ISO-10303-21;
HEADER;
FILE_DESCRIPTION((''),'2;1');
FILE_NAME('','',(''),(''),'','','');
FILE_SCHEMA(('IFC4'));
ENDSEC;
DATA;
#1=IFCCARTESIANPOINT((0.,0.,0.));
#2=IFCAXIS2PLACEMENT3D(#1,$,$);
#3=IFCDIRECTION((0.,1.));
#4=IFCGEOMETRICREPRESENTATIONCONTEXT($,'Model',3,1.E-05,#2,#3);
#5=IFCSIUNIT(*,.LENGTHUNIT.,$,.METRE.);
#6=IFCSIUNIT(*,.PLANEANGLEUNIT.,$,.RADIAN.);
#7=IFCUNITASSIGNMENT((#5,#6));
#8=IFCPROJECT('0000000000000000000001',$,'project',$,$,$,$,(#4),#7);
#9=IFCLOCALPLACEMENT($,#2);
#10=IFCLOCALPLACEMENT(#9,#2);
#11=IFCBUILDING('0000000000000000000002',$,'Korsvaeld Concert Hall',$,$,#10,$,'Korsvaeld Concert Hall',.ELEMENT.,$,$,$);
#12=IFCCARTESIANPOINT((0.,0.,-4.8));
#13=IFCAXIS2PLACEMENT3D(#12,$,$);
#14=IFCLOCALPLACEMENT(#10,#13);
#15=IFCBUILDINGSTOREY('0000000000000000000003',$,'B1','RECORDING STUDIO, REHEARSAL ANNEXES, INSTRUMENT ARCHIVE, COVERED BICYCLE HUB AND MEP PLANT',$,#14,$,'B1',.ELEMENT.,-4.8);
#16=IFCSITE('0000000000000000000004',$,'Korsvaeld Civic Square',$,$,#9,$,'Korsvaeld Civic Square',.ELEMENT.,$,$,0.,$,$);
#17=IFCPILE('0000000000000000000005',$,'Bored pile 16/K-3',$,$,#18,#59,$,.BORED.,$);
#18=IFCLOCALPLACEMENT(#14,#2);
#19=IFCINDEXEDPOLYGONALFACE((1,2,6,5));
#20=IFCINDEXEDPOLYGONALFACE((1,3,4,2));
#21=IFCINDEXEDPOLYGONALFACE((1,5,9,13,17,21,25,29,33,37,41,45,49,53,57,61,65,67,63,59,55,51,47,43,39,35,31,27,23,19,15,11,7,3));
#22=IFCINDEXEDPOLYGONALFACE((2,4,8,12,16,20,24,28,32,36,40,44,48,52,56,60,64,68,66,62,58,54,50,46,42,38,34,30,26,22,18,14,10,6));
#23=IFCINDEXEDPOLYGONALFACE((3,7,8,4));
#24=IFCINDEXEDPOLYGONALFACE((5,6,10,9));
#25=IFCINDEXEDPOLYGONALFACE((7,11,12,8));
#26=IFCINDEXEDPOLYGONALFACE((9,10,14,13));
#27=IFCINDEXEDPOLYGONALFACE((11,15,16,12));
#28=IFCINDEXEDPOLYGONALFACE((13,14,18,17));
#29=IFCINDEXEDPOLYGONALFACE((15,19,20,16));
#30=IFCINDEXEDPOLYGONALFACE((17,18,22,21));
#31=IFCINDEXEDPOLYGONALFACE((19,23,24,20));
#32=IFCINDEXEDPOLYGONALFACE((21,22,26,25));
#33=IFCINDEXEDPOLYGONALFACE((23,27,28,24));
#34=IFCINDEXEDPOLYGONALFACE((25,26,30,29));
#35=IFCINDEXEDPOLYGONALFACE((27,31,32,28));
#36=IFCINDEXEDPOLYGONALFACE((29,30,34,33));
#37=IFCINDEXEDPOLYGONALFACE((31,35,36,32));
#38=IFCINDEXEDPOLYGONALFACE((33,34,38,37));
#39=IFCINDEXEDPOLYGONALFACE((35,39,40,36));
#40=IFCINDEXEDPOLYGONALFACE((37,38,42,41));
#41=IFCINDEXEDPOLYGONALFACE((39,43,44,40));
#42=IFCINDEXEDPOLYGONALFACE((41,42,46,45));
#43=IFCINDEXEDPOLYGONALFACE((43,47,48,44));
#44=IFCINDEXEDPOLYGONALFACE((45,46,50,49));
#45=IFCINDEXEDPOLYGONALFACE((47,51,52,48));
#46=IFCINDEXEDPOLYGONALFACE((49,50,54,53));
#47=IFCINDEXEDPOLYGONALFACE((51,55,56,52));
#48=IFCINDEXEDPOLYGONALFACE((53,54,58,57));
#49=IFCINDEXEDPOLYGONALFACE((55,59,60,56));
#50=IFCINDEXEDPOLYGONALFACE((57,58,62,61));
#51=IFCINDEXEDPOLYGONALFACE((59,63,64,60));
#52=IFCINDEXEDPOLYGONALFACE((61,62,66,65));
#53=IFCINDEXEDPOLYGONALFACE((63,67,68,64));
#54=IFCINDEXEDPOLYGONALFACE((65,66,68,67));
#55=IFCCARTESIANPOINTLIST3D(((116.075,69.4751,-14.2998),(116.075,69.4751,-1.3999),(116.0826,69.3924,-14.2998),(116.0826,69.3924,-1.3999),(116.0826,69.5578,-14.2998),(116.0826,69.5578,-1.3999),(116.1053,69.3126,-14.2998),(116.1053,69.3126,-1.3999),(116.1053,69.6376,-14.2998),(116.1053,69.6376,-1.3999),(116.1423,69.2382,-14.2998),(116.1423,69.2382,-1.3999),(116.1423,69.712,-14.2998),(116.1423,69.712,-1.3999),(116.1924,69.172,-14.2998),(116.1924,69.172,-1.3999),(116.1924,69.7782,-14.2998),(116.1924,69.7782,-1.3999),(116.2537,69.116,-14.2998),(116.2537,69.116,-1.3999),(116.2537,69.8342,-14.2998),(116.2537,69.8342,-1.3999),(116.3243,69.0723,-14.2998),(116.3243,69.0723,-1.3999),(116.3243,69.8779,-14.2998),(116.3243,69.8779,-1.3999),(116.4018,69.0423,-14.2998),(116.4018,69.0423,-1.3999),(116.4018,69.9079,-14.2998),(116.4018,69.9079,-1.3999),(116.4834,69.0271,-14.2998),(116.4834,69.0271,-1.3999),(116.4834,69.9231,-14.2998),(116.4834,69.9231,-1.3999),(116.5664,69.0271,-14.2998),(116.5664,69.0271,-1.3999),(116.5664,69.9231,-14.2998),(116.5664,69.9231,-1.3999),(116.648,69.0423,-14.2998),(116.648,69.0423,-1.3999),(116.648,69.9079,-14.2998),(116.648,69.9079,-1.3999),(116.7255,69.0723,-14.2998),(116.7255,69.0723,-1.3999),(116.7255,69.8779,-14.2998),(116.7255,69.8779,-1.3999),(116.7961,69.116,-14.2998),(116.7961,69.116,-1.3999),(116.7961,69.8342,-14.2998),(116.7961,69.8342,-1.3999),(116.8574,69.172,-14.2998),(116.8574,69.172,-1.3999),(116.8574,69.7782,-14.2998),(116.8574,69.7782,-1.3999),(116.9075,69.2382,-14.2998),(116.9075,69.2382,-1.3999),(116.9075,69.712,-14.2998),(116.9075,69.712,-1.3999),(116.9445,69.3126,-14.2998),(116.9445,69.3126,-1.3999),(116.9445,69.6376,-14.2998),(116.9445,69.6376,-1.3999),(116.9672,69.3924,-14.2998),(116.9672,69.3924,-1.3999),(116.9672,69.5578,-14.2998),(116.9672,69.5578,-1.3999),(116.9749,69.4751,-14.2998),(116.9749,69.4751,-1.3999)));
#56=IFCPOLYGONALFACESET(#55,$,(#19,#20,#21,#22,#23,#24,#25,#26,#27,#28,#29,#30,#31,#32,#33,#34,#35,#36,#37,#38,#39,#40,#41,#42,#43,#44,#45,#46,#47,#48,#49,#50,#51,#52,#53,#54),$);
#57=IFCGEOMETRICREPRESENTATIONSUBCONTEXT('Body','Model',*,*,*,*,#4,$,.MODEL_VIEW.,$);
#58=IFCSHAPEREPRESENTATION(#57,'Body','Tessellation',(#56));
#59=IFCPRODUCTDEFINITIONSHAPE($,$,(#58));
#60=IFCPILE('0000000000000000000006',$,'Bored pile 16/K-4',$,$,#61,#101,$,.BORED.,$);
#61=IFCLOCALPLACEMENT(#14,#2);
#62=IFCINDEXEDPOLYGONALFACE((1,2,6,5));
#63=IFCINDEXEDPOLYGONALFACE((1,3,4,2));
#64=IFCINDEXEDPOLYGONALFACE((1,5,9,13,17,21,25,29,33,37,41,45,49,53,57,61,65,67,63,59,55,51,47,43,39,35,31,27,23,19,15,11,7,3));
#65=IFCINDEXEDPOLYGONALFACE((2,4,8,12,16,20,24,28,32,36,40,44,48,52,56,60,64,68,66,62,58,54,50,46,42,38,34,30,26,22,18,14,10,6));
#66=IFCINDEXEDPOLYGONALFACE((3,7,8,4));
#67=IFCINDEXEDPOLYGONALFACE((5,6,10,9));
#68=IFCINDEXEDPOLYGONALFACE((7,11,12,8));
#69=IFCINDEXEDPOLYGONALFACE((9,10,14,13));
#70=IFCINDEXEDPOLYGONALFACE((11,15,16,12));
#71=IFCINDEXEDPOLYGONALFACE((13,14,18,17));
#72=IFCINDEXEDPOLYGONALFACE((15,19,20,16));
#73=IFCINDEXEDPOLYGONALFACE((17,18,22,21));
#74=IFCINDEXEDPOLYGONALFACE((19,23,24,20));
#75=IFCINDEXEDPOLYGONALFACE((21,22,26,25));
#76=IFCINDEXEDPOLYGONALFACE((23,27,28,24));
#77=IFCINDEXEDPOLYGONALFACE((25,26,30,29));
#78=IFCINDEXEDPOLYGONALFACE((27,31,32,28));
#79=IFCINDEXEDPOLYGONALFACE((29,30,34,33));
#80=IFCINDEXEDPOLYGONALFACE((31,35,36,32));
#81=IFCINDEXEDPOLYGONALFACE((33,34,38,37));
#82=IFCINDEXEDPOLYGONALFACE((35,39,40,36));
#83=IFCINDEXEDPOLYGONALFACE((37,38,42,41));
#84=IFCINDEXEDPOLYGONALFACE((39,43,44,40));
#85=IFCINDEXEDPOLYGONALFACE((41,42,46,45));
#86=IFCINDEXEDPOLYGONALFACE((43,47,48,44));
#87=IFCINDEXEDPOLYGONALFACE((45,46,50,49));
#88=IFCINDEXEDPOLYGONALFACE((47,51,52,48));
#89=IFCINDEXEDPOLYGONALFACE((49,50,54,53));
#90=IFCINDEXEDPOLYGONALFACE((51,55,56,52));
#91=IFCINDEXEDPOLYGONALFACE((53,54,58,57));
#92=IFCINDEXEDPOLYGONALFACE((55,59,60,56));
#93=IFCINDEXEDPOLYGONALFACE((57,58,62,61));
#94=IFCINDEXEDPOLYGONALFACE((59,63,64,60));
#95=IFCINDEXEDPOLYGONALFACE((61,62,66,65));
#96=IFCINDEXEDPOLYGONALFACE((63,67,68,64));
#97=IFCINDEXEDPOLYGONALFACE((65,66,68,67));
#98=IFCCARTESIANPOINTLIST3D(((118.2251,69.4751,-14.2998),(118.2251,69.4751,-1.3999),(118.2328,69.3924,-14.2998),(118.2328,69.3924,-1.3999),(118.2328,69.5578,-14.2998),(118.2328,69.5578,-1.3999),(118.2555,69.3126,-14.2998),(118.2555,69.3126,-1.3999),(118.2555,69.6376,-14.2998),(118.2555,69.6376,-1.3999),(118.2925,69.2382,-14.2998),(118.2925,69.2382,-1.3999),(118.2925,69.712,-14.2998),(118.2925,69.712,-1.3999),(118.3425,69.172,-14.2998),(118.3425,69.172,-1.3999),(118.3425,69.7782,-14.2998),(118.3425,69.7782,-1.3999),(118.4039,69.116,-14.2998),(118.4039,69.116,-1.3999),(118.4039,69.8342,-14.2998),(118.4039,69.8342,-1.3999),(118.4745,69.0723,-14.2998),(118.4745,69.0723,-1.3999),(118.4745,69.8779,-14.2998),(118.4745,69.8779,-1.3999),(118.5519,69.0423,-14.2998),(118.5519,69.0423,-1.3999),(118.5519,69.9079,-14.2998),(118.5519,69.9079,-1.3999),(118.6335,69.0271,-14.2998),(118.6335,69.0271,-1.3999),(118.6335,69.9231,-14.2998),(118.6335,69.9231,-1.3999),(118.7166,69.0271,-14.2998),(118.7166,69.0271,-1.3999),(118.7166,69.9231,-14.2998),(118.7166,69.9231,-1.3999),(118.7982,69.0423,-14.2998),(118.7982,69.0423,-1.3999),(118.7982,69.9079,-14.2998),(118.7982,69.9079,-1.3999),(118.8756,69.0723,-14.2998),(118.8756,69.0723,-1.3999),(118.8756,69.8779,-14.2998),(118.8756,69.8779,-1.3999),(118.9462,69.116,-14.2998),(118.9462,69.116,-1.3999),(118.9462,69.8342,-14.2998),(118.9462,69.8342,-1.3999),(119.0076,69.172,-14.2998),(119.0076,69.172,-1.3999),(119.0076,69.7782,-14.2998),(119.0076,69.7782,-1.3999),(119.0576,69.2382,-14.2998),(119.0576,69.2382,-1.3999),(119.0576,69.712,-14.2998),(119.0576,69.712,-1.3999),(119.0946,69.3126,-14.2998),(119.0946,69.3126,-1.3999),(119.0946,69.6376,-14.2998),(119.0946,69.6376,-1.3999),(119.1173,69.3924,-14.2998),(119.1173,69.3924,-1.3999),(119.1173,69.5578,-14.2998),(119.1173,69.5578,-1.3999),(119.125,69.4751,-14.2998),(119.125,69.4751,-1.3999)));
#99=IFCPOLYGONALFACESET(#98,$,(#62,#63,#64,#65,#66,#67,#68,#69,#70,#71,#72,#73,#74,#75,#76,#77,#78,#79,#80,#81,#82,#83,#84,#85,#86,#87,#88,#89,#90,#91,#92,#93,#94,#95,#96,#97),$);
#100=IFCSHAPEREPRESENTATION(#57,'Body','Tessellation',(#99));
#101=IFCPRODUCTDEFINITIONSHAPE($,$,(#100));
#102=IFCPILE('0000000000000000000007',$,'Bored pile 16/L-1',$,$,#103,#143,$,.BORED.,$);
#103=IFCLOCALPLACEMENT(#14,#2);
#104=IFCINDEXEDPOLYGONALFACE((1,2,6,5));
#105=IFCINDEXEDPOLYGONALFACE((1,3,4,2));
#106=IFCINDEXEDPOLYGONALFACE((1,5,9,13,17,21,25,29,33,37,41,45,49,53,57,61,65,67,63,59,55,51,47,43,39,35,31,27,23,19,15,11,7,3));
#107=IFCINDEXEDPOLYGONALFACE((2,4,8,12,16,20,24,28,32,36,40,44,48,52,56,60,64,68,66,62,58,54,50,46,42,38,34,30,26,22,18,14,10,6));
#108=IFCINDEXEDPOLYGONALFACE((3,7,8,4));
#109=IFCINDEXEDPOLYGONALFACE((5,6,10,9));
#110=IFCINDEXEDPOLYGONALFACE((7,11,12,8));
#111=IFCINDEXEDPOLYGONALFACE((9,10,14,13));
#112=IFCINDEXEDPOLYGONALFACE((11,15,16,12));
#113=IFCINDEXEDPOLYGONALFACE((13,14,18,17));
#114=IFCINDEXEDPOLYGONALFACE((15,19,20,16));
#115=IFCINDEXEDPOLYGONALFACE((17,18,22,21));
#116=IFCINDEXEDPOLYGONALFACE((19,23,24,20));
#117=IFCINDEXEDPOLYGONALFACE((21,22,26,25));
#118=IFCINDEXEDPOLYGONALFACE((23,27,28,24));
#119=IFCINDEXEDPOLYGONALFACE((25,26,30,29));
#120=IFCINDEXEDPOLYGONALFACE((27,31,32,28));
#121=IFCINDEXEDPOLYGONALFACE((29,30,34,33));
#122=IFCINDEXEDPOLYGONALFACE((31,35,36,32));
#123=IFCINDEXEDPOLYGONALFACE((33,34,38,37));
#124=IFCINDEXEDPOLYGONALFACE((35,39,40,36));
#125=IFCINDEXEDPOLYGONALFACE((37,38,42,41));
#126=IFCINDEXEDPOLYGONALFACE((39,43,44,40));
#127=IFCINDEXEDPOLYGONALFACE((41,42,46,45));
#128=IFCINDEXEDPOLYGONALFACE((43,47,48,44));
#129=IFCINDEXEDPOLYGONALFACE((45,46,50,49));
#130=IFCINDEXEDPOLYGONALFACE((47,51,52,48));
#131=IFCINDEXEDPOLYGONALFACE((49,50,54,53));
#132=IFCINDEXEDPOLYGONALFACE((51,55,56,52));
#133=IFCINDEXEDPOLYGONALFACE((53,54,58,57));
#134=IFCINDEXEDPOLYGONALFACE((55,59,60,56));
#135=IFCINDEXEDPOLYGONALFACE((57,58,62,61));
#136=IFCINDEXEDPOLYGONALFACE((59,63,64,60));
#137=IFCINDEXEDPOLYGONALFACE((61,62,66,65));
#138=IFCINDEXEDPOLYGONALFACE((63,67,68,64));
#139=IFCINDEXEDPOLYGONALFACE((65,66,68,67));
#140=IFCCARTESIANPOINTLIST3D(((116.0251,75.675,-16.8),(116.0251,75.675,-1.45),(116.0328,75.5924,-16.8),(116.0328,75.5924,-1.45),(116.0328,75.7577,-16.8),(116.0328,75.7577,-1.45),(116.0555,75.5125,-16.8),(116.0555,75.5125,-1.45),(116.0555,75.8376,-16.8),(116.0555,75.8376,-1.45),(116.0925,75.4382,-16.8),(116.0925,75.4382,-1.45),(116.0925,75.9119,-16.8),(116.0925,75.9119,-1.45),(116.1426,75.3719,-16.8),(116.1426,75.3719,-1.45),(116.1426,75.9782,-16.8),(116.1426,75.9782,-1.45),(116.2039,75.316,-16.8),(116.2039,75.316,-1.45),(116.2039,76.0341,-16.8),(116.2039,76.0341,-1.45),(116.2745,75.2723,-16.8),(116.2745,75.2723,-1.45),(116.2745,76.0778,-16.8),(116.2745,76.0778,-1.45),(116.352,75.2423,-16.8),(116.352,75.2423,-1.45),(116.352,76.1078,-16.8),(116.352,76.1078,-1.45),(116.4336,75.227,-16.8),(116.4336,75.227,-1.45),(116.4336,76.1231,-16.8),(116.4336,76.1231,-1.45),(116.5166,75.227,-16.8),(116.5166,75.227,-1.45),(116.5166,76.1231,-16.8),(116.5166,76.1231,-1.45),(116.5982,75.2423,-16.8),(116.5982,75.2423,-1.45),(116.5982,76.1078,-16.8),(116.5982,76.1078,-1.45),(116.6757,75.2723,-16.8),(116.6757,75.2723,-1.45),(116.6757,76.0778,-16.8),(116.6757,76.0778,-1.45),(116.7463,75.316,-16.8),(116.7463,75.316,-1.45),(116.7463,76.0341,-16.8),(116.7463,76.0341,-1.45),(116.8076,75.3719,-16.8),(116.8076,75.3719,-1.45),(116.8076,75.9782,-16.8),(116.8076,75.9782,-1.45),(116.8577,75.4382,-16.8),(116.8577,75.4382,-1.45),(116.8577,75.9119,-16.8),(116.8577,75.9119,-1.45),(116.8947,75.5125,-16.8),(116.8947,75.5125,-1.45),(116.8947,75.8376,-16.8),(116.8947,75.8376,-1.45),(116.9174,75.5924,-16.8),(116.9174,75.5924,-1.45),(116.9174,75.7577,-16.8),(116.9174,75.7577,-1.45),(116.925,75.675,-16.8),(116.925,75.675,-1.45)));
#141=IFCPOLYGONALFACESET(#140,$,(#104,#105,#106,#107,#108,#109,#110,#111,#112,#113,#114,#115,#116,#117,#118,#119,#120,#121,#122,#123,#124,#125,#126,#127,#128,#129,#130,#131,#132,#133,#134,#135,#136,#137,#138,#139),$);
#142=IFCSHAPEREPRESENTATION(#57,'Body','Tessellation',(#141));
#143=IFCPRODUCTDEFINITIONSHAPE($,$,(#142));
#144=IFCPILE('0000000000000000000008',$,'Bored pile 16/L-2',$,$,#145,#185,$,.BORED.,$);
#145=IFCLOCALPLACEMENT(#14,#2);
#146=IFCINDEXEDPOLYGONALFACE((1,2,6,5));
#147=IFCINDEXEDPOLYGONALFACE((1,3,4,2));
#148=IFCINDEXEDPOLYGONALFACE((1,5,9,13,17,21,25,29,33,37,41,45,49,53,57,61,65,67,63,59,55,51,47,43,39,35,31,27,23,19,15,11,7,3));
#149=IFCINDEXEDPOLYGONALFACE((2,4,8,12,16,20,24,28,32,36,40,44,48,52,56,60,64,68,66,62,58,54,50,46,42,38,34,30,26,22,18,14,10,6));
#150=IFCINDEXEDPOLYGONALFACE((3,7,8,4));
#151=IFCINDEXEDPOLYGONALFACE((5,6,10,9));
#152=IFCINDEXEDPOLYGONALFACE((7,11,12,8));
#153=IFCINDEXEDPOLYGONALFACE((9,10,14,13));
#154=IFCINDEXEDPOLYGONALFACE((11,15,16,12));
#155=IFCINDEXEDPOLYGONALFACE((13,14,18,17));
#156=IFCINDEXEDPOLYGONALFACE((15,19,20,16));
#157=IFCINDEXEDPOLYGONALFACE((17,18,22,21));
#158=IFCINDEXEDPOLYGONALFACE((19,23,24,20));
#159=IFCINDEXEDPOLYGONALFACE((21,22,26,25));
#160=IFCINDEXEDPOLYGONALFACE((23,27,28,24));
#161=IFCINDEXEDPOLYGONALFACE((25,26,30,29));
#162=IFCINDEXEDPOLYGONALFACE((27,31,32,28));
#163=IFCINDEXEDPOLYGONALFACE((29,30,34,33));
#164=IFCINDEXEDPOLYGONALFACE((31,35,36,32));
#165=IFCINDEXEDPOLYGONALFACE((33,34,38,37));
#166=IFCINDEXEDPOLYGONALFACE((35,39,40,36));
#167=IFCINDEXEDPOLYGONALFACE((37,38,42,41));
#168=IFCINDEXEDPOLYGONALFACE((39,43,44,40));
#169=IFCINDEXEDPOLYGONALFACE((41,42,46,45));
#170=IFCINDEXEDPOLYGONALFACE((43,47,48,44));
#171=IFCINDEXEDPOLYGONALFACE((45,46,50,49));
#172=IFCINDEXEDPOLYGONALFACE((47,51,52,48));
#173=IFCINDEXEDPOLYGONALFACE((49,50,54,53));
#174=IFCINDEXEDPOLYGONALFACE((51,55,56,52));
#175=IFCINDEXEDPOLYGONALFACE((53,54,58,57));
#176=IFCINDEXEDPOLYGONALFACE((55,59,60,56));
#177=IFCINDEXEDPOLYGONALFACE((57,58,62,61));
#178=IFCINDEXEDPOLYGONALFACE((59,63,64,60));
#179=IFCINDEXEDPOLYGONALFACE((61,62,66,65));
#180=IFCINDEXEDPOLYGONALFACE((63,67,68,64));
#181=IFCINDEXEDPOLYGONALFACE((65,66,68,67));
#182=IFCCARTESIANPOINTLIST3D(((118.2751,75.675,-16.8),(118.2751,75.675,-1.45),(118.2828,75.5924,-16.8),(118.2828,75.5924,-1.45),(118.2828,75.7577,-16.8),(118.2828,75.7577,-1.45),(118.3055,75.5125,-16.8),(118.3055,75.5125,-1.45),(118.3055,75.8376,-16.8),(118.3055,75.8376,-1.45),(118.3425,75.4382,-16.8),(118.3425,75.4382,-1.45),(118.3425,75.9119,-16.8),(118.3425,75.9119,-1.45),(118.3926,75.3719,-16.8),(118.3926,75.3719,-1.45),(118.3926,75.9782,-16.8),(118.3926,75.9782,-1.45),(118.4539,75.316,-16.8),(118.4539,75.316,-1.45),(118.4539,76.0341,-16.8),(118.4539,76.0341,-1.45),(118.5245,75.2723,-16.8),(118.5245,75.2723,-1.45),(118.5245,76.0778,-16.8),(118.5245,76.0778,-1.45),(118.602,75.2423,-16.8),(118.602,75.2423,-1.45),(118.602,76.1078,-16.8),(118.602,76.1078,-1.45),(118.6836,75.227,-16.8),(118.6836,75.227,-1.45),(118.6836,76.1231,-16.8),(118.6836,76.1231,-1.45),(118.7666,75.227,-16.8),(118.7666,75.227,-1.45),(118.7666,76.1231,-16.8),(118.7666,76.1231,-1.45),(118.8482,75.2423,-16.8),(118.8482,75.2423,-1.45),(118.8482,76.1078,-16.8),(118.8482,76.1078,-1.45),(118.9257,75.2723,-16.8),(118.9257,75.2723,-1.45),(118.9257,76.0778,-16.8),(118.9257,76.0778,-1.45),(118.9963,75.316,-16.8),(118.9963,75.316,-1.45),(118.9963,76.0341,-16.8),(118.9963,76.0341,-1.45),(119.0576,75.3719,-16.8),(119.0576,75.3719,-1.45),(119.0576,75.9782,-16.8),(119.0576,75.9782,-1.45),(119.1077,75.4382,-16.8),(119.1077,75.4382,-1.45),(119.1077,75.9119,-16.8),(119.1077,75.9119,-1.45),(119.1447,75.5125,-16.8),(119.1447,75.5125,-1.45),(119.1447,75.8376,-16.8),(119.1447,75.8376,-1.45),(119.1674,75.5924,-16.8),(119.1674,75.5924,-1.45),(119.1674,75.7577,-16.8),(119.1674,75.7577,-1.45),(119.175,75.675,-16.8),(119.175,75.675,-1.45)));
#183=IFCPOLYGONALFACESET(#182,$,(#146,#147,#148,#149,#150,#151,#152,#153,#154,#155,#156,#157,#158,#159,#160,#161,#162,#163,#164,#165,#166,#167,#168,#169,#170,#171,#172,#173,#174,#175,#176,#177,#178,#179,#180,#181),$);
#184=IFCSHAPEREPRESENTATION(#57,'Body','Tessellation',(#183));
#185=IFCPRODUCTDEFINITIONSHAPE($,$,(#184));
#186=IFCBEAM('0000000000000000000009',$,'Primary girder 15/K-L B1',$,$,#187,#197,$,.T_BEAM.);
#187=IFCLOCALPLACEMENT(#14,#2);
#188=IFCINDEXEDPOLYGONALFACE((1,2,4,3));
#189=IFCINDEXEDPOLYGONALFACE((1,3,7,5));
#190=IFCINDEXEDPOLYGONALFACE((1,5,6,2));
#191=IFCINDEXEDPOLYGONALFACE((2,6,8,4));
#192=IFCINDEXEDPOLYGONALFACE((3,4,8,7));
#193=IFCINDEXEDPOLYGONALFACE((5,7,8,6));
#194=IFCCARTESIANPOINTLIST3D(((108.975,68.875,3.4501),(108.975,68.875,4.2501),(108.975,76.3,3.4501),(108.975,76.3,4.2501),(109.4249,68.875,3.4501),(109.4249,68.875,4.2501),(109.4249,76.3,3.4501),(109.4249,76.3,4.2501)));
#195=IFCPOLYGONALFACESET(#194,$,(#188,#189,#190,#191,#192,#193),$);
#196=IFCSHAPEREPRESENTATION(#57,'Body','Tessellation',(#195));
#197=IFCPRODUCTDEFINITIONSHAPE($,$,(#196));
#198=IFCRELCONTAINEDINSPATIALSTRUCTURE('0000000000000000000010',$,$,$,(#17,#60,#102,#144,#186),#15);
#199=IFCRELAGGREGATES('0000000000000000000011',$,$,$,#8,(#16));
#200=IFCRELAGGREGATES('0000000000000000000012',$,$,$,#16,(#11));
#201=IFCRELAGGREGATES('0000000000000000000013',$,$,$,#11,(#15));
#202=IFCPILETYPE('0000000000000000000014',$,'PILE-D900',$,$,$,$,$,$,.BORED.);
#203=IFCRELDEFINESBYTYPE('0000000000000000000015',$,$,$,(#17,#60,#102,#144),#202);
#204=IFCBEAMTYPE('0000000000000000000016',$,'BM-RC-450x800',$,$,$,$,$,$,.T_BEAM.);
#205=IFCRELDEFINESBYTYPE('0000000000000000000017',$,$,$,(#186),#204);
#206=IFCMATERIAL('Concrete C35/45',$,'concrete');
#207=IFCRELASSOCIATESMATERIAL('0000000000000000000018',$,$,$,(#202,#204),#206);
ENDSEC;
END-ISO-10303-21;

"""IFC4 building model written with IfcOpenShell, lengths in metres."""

from ifc_helpers import new_model, si_unit, direction, frame, origin, origin_2d, place, context, subcontext, project, spatial, rectangle, circle, extrude, material, material_profile, profile_set, type_object, element, save


model = new_model("IFC4")

# Units and contexts
model_context = context("Model", 3, precision=1e-05, world=origin(), true_north=direction((0.0, 1.0)))
body_context = subcontext(model_context, "Body", "Model", "MODEL_VIEW")
ifc_project = project(units=[si_unit("LENGTHUNIT", "METRE"), si_unit("PLANEANGLEUNIT", "RADIAN")], contexts=[model_context])

# Site, building, storey
site_placement = place(None, origin())
site = spatial("IfcSite", under=ifc_project, at=site_placement, Name="Korsvaeld Civic Square", LongName="Korsvaeld Civic Square", CompositionType="ELEMENT", RefElevation=0.0)
building_placement = place(site_placement, origin())
building = spatial("IfcBuilding", under=site, at=building_placement, Name="Korsvaeld Concert Hall", LongName="Korsvaeld Concert Hall", CompositionType="ELEMENT")
storey_placement = place(building_placement, frame((0.0, 0.0, -4.8)))
storey = spatial("IfcBuildingStorey", under=building, at=storey_placement, Name="B1", Description="RECORDING STUDIO, REHEARSAL ANNEXES, INSTRUMENT ARCHIVE, COVERED BICYCLE HUB AND MEP PLANT", LongName="B1", CompositionType="ELEMENT", Elevation=-4.8)

# Shared definitions
ifc_material_1 = material(Name="Concrete C35/45", Category="concrete")

# Piles
ifc_material_profile_1 = material_profile(ifc_material_1, circle(Radius=0.45, at=origin_2d()), Name="BORED PILE D900")
ifc_profile_set_1 = profile_set([ifc_material_profile_1], Name="Concrete C35/45")
pile_type = type_object("IfcPileType", Name="PILE-D900", PredefinedType="BORED", material=ifc_profile_set_1)
for number, where, z_axis, x_axis, name in (
    (1, (116.5249, 69.4751, -1.3999), (0.0, 0.0, -1.0), (1.0, 0.0, 0.0), "Bored pile 16/K-3"),
    (2, (118.675, 69.4751, -1.3999), (0.0, 0.0, -1.0), (1.0, 0.0, 0.0), "Bored pile 16/K-4"),
):
    element("IfcPile", number, at=place(storey_placement, frame(where, z_axis=z_axis, x_axis=x_axis)), inside=storey, type_object=pile_type, Name=name, PredefinedType="BORED", context=body_context, shape_type="SweptSolid", body=[
        extrude(circle(Radius=0.45, at=origin_2d()), origin(), (0.0, 0.0, 1.0), 12.8999),
    ])
for number, where, z_axis, x_axis, name in (
    (3, (116.4751, 75.675, -1.45), (0.0, 0.0, -1.0), (1.0, 0.0, 0.0), "Bored pile 16/L-1"),
    (4, (118.7251, 75.675, -1.45), (0.0, 0.0, -1.0), (1.0, 0.0, 0.0), "Bored pile 16/L-2"),
):
    element("IfcPile", number, at=place(storey_placement, frame(where, z_axis=z_axis, x_axis=x_axis)), inside=storey, type_object=pile_type, Name=name, PredefinedType="BORED", context=body_context, shape_type="SweptSolid", body=[
        extrude(circle(Radius=0.45, at=origin_2d()), origin(), (0.0, 0.0, 1.0), 15.3501),
    ])

# Beam
ifc_material_profile_2 = material_profile(ifc_material_1, rectangle(XDim=0.45, YDim=0.8, at=origin_2d()), Name="RC 450x800")
ifc_profile_set_2 = profile_set([ifc_material_profile_2], Name="Concrete C35/45")
beam_type_1 = type_object("IfcBeamType", Name="BM-RC-450x800", PredefinedType="T_BEAM", material=ifc_profile_set_2)
beam_1_placement = place(storey_placement, frame((109.2, 68.875, 3.8501), z_axis=(0.0, 1.0, 0.0), x_axis=(-1.0, 0.0, 0.0)))
element("IfcBeam", 5, at=beam_1_placement, inside=storey, type_object=beam_type_1, Name="Primary girder 15/K-L B1", PredefinedType="T_BEAM", context=body_context, shape_type="SweptSolid", body=[
    extrude(rectangle(XDim=0.45, YDim=0.8, at=origin_2d()), origin(), (0.0, 0.0, 1.0), 7.425),
])

save(model, "model.ifc")
